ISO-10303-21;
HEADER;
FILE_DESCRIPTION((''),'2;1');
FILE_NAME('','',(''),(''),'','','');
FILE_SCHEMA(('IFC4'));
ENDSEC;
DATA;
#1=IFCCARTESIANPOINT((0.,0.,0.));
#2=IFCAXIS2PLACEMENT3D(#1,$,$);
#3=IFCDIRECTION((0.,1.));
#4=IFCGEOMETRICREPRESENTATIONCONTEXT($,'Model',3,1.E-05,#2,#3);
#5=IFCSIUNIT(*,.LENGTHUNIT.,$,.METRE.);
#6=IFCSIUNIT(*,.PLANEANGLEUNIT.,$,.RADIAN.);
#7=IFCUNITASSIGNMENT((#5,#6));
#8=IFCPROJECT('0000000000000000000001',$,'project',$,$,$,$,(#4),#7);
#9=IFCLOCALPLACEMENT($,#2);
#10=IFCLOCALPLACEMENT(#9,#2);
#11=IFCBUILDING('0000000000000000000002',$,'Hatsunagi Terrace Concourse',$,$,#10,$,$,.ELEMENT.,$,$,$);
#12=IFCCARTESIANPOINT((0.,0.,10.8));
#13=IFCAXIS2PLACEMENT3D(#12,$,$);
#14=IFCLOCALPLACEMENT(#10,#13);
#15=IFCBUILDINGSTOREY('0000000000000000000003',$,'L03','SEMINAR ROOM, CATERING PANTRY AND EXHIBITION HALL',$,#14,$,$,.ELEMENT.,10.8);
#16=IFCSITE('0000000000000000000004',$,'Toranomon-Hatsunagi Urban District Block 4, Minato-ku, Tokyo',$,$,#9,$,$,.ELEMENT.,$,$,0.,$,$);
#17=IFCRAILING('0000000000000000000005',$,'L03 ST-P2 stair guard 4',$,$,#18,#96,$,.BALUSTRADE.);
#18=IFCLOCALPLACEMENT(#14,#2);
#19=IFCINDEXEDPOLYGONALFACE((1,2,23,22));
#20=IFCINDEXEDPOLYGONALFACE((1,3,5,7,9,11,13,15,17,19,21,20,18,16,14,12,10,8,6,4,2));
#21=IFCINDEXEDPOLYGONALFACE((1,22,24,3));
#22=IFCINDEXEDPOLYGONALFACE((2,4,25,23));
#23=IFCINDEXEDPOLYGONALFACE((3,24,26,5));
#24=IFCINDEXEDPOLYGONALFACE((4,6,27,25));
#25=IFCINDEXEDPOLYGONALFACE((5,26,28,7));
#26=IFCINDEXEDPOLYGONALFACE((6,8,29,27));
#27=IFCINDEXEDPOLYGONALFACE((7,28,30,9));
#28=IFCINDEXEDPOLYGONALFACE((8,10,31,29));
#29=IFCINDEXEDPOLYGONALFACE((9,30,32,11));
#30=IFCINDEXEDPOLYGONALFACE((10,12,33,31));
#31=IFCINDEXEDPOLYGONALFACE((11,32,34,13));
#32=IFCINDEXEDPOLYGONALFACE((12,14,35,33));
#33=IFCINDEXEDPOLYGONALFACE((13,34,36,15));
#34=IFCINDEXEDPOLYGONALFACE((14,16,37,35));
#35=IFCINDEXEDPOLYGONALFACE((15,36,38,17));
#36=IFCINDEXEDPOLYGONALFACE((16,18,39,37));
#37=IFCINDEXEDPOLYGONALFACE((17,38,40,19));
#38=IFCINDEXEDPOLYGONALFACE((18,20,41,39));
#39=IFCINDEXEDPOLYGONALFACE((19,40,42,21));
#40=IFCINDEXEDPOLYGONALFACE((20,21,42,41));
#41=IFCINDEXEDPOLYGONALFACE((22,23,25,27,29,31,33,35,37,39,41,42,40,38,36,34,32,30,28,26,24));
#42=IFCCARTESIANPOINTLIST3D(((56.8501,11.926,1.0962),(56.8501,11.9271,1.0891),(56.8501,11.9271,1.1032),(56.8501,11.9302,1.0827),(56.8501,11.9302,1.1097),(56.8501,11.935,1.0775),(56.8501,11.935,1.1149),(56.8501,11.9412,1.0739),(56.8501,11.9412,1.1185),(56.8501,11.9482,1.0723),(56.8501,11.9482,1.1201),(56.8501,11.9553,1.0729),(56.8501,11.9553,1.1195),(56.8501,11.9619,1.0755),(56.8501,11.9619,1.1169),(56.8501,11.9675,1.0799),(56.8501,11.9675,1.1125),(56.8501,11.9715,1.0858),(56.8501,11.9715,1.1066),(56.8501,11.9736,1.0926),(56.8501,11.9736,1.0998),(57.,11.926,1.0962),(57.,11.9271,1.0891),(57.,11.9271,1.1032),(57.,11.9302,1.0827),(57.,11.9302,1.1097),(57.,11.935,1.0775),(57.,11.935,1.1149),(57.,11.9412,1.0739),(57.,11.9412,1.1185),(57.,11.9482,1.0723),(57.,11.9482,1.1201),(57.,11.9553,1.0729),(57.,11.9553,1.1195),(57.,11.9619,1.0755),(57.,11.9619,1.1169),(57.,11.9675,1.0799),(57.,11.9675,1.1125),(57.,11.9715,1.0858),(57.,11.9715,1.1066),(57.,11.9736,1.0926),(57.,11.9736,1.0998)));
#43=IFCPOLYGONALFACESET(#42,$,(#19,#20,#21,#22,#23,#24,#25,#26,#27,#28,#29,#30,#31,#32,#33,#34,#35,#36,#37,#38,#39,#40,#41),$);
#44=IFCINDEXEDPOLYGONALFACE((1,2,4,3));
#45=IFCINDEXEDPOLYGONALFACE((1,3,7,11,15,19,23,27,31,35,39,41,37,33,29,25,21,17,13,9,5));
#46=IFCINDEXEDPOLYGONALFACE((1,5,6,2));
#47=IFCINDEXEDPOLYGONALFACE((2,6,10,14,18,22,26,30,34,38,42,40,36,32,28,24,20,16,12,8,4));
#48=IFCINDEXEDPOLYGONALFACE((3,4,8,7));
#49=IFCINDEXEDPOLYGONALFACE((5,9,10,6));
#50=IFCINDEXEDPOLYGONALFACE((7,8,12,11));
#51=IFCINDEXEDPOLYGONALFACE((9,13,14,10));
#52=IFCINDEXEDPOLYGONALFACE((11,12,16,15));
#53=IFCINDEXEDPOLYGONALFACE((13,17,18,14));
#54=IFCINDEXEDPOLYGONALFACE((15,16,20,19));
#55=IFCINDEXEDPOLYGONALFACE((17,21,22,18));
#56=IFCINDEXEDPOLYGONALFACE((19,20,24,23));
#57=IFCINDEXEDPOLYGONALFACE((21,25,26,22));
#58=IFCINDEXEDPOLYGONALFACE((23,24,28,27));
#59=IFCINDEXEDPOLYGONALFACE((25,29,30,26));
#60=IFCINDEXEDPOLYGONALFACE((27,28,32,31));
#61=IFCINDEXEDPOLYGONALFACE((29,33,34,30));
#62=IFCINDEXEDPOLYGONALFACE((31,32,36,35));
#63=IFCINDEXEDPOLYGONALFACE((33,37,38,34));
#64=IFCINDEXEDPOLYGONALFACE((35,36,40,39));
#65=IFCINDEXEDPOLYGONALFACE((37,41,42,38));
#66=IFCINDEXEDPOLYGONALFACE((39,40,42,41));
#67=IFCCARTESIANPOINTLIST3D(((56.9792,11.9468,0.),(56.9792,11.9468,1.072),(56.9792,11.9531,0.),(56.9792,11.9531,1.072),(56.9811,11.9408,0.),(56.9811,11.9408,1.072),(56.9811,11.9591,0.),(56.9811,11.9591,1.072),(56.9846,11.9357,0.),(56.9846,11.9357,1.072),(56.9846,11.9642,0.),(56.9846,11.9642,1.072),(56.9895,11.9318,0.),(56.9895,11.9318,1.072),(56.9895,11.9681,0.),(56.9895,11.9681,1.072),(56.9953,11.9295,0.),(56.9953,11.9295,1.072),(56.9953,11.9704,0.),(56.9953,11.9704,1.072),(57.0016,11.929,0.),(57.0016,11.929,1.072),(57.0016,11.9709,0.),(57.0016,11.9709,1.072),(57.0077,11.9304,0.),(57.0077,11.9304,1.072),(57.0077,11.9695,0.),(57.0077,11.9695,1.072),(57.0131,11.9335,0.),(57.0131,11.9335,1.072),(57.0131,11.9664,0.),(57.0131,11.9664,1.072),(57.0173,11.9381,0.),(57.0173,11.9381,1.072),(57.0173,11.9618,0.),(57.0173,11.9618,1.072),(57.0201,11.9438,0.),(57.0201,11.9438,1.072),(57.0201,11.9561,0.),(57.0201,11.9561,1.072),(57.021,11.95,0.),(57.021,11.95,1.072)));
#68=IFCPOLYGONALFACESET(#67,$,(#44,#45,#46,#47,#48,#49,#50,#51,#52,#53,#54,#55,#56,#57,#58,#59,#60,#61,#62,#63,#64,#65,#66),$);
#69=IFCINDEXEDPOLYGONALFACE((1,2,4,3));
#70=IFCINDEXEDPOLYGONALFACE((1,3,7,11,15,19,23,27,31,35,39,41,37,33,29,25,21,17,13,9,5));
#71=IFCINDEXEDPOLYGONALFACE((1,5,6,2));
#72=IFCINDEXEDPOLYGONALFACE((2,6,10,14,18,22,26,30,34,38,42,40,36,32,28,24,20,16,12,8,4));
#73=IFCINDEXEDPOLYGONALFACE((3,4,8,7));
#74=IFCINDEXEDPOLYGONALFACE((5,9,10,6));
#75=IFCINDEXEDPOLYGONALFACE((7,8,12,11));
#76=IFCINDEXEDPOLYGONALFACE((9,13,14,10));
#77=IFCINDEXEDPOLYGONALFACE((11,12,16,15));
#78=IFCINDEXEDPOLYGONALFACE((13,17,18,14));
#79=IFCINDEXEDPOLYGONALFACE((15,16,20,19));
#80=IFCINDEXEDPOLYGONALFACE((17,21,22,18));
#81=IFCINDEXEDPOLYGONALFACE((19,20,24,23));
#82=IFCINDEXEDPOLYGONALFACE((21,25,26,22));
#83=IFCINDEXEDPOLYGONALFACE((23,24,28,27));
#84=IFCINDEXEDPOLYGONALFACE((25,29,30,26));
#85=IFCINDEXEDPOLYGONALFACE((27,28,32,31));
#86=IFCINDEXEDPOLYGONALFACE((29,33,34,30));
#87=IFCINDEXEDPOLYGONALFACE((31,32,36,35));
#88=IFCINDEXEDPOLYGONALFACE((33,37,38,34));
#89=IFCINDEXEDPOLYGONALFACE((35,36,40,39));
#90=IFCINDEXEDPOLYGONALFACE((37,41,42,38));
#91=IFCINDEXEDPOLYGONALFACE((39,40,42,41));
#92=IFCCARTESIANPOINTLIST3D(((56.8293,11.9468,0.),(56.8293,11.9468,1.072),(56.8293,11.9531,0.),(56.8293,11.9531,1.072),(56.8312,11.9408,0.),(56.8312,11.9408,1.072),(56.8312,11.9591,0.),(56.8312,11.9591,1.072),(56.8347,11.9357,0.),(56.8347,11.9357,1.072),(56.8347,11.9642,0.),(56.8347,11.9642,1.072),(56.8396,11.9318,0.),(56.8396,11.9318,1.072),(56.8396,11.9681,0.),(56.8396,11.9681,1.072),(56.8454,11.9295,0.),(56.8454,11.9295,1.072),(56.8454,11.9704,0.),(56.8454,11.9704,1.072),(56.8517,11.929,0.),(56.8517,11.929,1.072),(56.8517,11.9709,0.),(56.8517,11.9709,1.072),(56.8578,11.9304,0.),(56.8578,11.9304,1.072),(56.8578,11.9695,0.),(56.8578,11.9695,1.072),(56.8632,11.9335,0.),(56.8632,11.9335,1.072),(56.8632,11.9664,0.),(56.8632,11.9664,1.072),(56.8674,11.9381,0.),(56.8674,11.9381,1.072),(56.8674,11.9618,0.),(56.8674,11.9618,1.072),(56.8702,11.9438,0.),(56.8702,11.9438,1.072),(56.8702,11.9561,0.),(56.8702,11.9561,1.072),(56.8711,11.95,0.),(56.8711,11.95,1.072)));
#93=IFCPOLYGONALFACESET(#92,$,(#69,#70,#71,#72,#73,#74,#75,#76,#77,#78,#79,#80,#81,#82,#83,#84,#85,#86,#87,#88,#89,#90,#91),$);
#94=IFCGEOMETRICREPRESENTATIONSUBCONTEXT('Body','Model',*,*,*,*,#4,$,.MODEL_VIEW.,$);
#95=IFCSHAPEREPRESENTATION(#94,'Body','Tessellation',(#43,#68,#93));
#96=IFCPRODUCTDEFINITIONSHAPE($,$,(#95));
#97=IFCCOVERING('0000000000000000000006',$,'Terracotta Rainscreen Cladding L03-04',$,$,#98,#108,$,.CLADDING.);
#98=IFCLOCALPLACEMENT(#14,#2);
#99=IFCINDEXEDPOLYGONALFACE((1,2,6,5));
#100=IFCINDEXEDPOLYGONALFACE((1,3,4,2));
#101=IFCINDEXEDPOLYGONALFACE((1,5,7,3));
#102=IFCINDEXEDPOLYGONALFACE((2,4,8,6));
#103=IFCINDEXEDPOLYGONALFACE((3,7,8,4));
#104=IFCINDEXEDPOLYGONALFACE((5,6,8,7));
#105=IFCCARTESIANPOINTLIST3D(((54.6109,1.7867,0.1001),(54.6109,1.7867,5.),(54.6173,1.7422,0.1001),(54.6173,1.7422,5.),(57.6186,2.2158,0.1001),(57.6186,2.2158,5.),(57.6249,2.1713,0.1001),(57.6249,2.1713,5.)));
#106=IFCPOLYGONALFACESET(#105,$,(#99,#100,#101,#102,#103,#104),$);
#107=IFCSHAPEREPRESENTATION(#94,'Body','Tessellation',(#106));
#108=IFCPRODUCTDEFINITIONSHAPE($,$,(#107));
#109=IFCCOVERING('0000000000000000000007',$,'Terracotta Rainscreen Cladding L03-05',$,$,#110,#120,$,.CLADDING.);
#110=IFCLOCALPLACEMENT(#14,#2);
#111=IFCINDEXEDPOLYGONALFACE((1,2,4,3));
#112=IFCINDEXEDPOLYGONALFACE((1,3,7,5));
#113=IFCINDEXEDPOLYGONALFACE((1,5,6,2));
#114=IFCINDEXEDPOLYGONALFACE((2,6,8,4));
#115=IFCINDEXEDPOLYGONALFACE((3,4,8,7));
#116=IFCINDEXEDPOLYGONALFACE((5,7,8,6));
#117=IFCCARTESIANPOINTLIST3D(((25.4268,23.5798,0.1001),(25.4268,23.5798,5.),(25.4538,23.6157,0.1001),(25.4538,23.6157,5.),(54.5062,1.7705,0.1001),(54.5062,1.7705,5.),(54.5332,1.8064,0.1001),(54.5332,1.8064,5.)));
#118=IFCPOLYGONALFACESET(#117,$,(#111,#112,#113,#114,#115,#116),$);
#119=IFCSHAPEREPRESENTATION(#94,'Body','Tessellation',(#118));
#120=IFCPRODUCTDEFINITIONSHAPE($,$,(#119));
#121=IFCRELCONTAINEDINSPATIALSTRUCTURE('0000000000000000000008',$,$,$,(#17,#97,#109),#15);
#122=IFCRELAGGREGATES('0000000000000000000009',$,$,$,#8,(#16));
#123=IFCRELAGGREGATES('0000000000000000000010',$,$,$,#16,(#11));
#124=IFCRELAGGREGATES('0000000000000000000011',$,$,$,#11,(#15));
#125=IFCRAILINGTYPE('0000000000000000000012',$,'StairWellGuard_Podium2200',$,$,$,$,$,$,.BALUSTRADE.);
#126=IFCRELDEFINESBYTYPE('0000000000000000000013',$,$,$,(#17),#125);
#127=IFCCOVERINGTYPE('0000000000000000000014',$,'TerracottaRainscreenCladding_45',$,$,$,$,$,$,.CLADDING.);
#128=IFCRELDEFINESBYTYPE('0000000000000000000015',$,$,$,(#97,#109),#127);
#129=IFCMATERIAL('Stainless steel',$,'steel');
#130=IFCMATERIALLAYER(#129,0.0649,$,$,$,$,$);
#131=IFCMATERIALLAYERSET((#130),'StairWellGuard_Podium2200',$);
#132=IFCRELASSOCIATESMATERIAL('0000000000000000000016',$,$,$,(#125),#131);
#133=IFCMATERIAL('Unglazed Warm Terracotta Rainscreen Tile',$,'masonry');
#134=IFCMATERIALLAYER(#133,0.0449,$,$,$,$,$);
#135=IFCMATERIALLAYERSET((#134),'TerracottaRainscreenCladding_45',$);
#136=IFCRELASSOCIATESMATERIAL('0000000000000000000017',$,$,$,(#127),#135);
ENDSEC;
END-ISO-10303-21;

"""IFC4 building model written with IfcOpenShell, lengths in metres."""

from ifc_helpers import new_model, si_unit, direction, frame, origin, origin_2d, place, context, subcontext, project, spatial, rectangle, circle, extrude, material, layer, layer_set, type_object, element, save


model = new_model("IFC4")

# Units and contexts
model_context = context("Model", 3, precision=1e-05, world=origin(), true_north=direction((0.0, 1.0)))
body_context = subcontext(model_context, "Body", "Model", "MODEL_VIEW")
ifc_project = project(units=[si_unit("LENGTHUNIT", "METRE"), si_unit("PLANEANGLEUNIT", "RADIAN")], contexts=[model_context])

# Site, building, storey
site_placement = place(None, origin())
site = spatial("IfcSite", under=ifc_project, at=site_placement, Name="Toranomon-Hatsunagi Urban District Block 4, Minato-ku, Tokyo", CompositionType="ELEMENT", RefElevation=0.0)
building_placement = place(site_placement, origin())
building = spatial("IfcBuilding", under=site, at=building_placement, Name="Hatsunagi Terrace Concourse", CompositionType="ELEMENT")
storey_placement = place(building_placement, frame((0.0, 0.0, 10.8)))
storey = spatial("IfcBuildingStorey", under=building, at=storey_placement, Name="L03", Description="SEMINAR ROOM, CATERING PANTRY AND EXHIBITION HALL", CompositionType="ELEMENT", Elevation=10.8)

# Railing
ifc_material_1 = material(Name="Stainless steel", Category="steel")
ifc_layer_1 = layer(ifc_material_1, 0.0649)
ifc_layer_set_1 = layer_set([ifc_layer_1], Name="StairWellGuard_Podium2200")
railing_type_1 = type_object("IfcRailingType", Name="StairWellGuard_Podium2200", PredefinedType="BALUSTRADE", material=ifc_layer_set_1)
railing_1_placement = place(storey_placement, frame((57.0, 11.95, 0.0)))
element("IfcRailing", 1, at=railing_1_placement, inside=storey, type_object=railing_type_1, Name="L03 ST-P2 stair guard 4", PredefinedType="BALUSTRADE", context=body_context, shape_type="SweptSolid", body=[
    extrude(circle(Radius=0.0239, at=origin_2d()), frame((0.0, 0.0, 1.0962), z_axis=(-1.0, 0.0, 0.0), x_axis=(0.0, -1.0, 0.0)), (0.0, 0.0, 1.0), 0.1499),
    extrude(circle(Radius=0.021, at=origin_2d()), origin(), (0.0, 0.0, 1.0), 1.072),
    extrude(circle(Radius=0.021, at=origin_2d()), frame((-0.1499, 0.0, 0.0)), (0.0, 0.0, 1.0), 1.072),
])

# Coverings
ifc_material_2 = material(Name="Unglazed Warm Terracotta Rainscreen Tile", Category="masonry")
ifc_layer_2 = layer(ifc_material_2, 0.0449)
ifc_layer_set_2 = layer_set([ifc_layer_2], Name="TerracottaRainscreenCladding_45")
covering_type = type_object("IfcCoveringType", Name="TerracottaRainscreenCladding_45", PredefinedType="CLADDING", material=ifc_layer_set_2)
covering_1_placement = place(storey_placement, frame((56.1179, 1.979, 0.1001), z_axis=(0.0, 0.0, 1.0), x_axis=(-0.989974, -0.14125, 0.0)))
element("IfcCovering", 2, at=covering_1_placement, inside=storey, type_object=covering_type, Name="Terracotta Rainscreen Cladding L03-04", PredefinedType="CLADDING", context=body_context, shape_type="SweptSolid", body=[
    extrude(rectangle(XDim=3.0381, YDim=0.0449, at=origin_2d()), origin(), (0.0, 0.0, 1.0), 4.8999),
])
covering_2_placement = place(storey_placement, frame((39.98, 12.6931, 0.1001), z_axis=(0.0, 0.0, 1.0), x_axis=(-0.800003, 0.599996, 0.0)))
element("IfcCovering", 3, at=covering_2_placement, inside=storey, type_object=covering_type, Name="Terracotta Rainscreen Cladding L03-05", PredefinedType="CLADDING", context=body_context, shape_type="SweptSolid", body=[
    extrude(rectangle(XDim=36.3491, YDim=0.0449, at=origin_2d()), origin(), (0.0, 0.0, 1.0), 4.8999),
])

save(model, "model.ifc")
